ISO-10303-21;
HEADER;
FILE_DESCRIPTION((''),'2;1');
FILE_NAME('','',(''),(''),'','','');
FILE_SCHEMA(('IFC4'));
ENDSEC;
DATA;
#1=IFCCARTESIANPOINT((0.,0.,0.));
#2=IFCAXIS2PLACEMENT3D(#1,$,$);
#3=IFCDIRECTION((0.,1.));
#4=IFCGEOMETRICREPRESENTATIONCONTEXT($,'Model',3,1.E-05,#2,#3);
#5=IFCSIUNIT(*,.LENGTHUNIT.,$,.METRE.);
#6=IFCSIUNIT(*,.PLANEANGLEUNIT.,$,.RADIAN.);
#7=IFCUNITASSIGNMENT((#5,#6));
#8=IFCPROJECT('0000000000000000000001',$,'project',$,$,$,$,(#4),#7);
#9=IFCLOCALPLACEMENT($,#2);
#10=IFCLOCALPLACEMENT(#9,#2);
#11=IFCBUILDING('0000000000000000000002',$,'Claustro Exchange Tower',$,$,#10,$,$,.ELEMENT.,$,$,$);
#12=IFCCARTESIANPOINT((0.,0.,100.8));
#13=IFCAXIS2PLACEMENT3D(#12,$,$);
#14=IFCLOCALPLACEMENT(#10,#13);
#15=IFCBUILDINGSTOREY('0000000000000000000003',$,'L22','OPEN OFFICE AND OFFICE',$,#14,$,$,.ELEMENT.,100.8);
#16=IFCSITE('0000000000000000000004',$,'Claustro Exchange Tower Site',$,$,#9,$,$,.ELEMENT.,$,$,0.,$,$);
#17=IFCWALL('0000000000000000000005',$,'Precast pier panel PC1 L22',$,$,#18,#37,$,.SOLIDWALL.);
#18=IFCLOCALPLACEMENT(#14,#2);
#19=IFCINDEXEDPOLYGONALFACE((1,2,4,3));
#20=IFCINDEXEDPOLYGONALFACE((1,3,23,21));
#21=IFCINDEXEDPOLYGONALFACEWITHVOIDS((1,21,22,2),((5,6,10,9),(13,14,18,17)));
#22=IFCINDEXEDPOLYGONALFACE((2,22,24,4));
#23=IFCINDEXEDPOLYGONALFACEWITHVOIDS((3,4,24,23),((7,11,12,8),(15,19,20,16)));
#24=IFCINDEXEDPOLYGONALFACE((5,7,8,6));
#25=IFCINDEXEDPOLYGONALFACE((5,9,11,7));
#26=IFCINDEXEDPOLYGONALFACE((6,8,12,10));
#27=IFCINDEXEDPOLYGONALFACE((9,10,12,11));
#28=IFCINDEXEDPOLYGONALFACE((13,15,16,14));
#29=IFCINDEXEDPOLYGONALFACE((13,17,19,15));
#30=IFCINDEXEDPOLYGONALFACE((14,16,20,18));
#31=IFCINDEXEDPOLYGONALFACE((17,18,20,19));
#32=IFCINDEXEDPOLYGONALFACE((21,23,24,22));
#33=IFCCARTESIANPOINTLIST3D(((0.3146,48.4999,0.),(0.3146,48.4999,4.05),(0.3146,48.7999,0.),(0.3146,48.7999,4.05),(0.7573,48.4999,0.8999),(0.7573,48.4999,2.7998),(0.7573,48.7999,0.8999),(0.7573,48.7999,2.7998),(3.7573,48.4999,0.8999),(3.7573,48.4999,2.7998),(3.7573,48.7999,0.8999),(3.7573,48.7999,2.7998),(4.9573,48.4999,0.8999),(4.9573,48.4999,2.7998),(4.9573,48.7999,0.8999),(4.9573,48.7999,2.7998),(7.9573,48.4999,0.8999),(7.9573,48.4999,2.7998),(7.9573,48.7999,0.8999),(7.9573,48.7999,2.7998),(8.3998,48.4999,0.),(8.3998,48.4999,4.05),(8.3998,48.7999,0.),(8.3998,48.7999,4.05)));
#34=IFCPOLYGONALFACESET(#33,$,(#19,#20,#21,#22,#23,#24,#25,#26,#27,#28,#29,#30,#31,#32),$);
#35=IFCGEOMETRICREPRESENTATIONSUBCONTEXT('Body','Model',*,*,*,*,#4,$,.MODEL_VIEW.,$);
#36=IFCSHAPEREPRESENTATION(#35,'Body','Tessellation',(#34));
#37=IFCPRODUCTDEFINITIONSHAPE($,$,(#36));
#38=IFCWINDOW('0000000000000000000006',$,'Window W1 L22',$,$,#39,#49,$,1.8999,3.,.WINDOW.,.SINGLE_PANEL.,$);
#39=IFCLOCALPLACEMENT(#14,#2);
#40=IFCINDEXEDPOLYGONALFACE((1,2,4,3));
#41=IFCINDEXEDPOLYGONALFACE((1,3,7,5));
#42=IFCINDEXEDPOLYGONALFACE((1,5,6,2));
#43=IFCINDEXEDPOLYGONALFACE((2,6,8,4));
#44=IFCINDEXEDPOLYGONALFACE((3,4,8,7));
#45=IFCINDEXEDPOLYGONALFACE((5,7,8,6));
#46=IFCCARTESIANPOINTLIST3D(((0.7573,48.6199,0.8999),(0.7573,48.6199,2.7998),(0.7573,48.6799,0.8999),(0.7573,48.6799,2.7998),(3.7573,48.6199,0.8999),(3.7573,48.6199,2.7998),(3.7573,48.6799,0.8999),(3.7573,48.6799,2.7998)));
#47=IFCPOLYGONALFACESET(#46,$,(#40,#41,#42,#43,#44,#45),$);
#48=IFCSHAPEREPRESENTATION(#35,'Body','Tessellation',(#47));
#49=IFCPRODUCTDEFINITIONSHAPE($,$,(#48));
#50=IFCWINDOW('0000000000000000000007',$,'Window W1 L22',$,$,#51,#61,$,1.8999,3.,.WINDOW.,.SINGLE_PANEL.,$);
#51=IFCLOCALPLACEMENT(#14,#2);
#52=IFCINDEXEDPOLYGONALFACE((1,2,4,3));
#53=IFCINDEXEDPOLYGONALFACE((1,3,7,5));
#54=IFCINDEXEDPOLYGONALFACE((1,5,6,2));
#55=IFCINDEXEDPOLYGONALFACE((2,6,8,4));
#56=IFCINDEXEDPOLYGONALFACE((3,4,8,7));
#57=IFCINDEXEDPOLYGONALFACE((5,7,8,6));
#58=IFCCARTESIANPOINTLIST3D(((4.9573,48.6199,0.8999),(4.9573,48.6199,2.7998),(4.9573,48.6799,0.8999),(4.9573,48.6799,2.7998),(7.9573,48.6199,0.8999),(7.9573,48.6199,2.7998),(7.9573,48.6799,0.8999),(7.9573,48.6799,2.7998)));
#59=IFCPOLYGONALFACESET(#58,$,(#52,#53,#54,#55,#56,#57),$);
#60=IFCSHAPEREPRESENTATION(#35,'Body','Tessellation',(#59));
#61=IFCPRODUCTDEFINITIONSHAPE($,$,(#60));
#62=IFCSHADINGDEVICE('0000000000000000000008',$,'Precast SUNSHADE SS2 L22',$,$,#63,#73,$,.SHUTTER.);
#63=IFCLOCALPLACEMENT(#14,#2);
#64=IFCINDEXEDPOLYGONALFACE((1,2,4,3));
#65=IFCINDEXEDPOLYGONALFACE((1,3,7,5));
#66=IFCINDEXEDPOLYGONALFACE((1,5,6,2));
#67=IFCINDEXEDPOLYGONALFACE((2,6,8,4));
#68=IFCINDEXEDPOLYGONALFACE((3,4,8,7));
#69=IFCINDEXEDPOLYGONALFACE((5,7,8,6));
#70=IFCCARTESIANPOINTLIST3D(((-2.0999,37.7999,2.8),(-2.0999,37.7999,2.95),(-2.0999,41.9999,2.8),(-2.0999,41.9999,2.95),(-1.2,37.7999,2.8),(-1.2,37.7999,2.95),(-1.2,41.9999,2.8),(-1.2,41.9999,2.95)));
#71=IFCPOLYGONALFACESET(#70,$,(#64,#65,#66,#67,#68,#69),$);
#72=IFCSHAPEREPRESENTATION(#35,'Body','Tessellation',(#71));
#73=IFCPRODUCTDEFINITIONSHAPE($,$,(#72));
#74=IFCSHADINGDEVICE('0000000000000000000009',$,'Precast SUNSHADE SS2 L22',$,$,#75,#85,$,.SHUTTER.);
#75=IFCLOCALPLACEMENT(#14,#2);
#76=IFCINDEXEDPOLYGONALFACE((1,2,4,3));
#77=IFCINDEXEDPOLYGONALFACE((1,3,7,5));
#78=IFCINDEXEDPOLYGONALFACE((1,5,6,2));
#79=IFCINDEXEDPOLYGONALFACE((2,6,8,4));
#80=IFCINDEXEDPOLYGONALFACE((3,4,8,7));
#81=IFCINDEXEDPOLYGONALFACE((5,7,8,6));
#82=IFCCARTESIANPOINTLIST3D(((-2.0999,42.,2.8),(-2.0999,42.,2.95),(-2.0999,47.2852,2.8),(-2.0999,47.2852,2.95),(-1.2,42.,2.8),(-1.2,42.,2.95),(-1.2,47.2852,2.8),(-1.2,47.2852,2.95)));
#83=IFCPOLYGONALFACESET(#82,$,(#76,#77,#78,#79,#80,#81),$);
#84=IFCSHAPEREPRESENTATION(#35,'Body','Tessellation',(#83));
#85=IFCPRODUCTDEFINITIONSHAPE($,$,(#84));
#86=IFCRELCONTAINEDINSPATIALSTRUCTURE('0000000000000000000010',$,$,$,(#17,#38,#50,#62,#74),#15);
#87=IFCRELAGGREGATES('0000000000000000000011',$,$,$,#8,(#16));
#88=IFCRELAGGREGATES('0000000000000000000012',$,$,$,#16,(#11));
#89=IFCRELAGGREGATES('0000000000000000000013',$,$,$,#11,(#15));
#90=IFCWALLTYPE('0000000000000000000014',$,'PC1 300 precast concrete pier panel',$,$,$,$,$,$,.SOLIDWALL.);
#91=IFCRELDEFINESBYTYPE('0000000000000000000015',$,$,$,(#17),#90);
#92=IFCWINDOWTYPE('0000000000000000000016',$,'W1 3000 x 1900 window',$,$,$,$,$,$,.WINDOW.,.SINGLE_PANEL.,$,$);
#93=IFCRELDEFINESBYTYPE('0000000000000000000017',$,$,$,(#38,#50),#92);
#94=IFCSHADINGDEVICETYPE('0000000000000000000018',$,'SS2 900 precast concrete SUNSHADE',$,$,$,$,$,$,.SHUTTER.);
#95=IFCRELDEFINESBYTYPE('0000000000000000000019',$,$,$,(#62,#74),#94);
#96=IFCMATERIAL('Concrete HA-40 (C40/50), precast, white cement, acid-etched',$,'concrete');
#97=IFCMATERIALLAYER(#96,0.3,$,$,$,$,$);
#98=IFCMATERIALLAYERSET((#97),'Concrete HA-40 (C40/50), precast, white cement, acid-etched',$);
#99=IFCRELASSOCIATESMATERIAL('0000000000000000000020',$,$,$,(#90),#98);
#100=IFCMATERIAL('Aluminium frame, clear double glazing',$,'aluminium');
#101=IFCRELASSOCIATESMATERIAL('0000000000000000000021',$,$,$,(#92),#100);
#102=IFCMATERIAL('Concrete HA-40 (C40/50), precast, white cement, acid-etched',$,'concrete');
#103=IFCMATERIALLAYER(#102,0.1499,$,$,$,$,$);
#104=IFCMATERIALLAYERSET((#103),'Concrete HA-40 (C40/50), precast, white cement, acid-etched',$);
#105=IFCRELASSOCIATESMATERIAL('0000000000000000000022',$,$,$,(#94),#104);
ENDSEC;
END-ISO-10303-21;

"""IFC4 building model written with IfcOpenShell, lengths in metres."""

from ifc_helpers import new_model, si_unit, direction, frame, frame_2d, origin, origin_2d, place, context, subcontext, project, spatial, rectangle, extrude, material, layer, layer_set, type_object, element, fill, save


model = new_model("IFC4")

# Units and contexts
model_context = context("Model", 3, precision=1e-05, world=origin(), true_north=direction((0.0, 1.0)))
body_context = subcontext(model_context, "Body", "Model", "MODEL_VIEW")
ifc_project = project(units=[si_unit("LENGTHUNIT", "METRE"), si_unit("PLANEANGLEUNIT", "RADIAN")], contexts=[model_context])

# Site, building, storey
site_placement = place(None, origin())
site = spatial("IfcSite", under=ifc_project, at=site_placement, Name="Claustro Exchange Tower Site", CompositionType="ELEMENT", RefElevation=0.0)
building_placement = place(site_placement, origin())
building = spatial("IfcBuilding", under=site, at=building_placement, Name="Claustro Exchange Tower", CompositionType="ELEMENT")
storey_placement = place(building_placement, frame((0.0, 0.0, 100.8)))
storey = spatial("IfcBuildingStorey", under=building, at=storey_placement, Name="L22", Description="OPEN OFFICE AND OFFICE", CompositionType="ELEMENT", Elevation=100.8)

# Shared definitions
ifc_material_1 = material(Name="Concrete HA-40 (C40/50), precast, white cement, acid-etched", Category="concrete")
ifc_layer_1 = layer(ifc_material_1, 0.3)
ifc_layer_set_1 = layer_set([ifc_layer_1], Name="Concrete HA-40 (C40/50), precast, white cement, acid-etched")
wall_type_1 = type_object("IfcWallType", Name="PC1 300 precast concrete pier panel", PredefinedType="SOLIDWALL", material=ifc_layer_set_1)

# Wall, openings, windows
wall_1_placement = place(storey_placement, frame((0.3147, 48.6499, 0.0), z_axis=(0.0, 0.0, 1.0), x_axis=(1.0, 0.0, 0.0)))
wall_1 = element("IfcWall", 1, at=wall_1_placement, inside=storey, type_object=wall_type_1, Name="Precast pier panel PC1 L22", PredefinedType="SOLIDWALL", context=body_context, shape_type="SweptSolid", body=[
    extrude(rectangle(XDim=8.0852, YDim=0.3, at=frame_2d((4.0425, 0.0))), origin(), (0.0, 0.0, 1.0), 4.05),
])
opening_1_placement = place(wall_1_placement, frame((0.4426, 0.0, 0.8999)))
opening_1 = element("IfcOpeningElement", 2, at=opening_1_placement, cuts=wall_1, PredefinedType="OPENING", context=body_context, shape_type="SweptSolid", body=[
    extrude(rectangle(XDim=3.0, YDim=1.8999, at=frame_2d((1.5, 0.95))), frame((0.0, 0.1599, 0.0), z_axis=(0.0, -1.0, 0.0), x_axis=(1.0, 0.0, 0.0)), (0.0, 0.0, 1.0), 0.3201),
])
opening_2_placement = place(wall_1_placement, frame((4.6426, 0.0, 0.8999)))
opening_2 = element("IfcOpeningElement", 3, at=opening_2_placement, cuts=wall_1, PredefinedType="OPENING", context=body_context, shape_type="SweptSolid", body=[
    extrude(rectangle(XDim=3.0, YDim=1.8999, at=frame_2d((1.5, 0.95))), frame((0.0, 0.1599, 0.0), z_axis=(0.0, -1.0, 0.0), x_axis=(1.0, 0.0, 0.0)), (0.0, 0.0, 1.0), 0.3201),
])
ifc_material_2 = material(Name="Aluminium frame, clear double glazing", Category="aluminium")
window_type_1 = type_object("IfcWindowType", Name="W1 3000 x 1900 window", PartitioningType="SINGLE_PANEL", PredefinedType="WINDOW", material=ifc_material_2)
window_1_placement = place(opening_1_placement, origin())
window_1 = element("IfcWindow", 4, at=window_1_placement, inside=storey, type_object=window_type_1, Name="Window W1 L22", OverallHeight=1.8999, OverallWidth=3.0, PartitioningType="SINGLE_PANEL", PredefinedType="WINDOW", context=body_context, shape_type="SweptSolid", body=[
    extrude(rectangle(XDim=3.0, YDim=1.8999, at=frame_2d((1.5, 0.95))), frame((0.0, 0.03, 0.0), z_axis=(0.0, -1.0, 0.0), x_axis=(1.0, 0.0, 0.0)), (0.0, 0.0, 1.0), 0.0601),
])
fill(opening_1, window_1)
window_2_placement = place(opening_2_placement, origin())
window_2 = element("IfcWindow", 5, at=window_2_placement, inside=storey, type_object=window_type_1, Name="Window W1 L22", OverallHeight=1.8999, OverallWidth=3.0, PartitioningType="SINGLE_PANEL", PredefinedType="WINDOW", context=body_context, shape_type="SweptSolid", body=[
    extrude(rectangle(XDim=3.0, YDim=1.8999, at=frame_2d((1.5, 0.95))), frame((0.0, 0.03, 0.0), z_axis=(0.0, -1.0, 0.0), x_axis=(1.0, 0.0, 0.0)), (0.0, 0.0, 1.0), 0.0601),
])
fill(opening_2, window_2)

# Shading devices
ifc_material_3 = material(Name="Concrete HA-40 (C40/50), precast, white cement, acid-etched", Category="concrete")
ifc_layer_2 = layer(ifc_material_3, 0.1499)
ifc_layer_set_2 = layer_set([ifc_layer_2], Name="Concrete HA-40 (C40/50), precast, white cement, acid-etched")
shading_device_type = type_object("IfcShadingDeviceType", Name="SS2 900 precast concrete SUNSHADE", PredefinedType="SHUTTER", material=ifc_layer_set_2)
shading_device_1_placement = place(storey_placement, frame((-1.6499, 39.8999, 2.8), z_axis=(0.0, 0.0, 1.0), x_axis=(0.0, 1.0, 0.0)))
element("IfcShadingDevice", 6, at=shading_device_1_placement, inside=storey, type_object=shading_device_type, Name="Precast SUNSHADE SS2 L22", PredefinedType="SHUTTER", context=body_context, shape_type="SweptSolid", body=[
    extrude(rectangle(XDim=4.2, YDim=0.8999, at=origin_2d()), origin(), (0.0, 0.0, 1.0), 0.1499),
])
shading_device_2_placement = place(storey_placement, frame((-1.6499, 44.6426, 2.8), z_axis=(0.0, 0.0, 1.0), x_axis=(0.0, 1.0, 0.0)))
element("IfcShadingDevice", 7, at=shading_device_2_placement, inside=storey, type_object=shading_device_type, Name="Precast SUNSHADE SS2 L22", PredefinedType="SHUTTER", context=body_context, shape_type="SweptSolid", body=[
    extrude(rectangle(XDim=5.2852, YDim=0.8999, at=origin_2d()), origin(), (0.0, 0.0, 1.0), 0.1499),
])

save(model, "model.ifc")
